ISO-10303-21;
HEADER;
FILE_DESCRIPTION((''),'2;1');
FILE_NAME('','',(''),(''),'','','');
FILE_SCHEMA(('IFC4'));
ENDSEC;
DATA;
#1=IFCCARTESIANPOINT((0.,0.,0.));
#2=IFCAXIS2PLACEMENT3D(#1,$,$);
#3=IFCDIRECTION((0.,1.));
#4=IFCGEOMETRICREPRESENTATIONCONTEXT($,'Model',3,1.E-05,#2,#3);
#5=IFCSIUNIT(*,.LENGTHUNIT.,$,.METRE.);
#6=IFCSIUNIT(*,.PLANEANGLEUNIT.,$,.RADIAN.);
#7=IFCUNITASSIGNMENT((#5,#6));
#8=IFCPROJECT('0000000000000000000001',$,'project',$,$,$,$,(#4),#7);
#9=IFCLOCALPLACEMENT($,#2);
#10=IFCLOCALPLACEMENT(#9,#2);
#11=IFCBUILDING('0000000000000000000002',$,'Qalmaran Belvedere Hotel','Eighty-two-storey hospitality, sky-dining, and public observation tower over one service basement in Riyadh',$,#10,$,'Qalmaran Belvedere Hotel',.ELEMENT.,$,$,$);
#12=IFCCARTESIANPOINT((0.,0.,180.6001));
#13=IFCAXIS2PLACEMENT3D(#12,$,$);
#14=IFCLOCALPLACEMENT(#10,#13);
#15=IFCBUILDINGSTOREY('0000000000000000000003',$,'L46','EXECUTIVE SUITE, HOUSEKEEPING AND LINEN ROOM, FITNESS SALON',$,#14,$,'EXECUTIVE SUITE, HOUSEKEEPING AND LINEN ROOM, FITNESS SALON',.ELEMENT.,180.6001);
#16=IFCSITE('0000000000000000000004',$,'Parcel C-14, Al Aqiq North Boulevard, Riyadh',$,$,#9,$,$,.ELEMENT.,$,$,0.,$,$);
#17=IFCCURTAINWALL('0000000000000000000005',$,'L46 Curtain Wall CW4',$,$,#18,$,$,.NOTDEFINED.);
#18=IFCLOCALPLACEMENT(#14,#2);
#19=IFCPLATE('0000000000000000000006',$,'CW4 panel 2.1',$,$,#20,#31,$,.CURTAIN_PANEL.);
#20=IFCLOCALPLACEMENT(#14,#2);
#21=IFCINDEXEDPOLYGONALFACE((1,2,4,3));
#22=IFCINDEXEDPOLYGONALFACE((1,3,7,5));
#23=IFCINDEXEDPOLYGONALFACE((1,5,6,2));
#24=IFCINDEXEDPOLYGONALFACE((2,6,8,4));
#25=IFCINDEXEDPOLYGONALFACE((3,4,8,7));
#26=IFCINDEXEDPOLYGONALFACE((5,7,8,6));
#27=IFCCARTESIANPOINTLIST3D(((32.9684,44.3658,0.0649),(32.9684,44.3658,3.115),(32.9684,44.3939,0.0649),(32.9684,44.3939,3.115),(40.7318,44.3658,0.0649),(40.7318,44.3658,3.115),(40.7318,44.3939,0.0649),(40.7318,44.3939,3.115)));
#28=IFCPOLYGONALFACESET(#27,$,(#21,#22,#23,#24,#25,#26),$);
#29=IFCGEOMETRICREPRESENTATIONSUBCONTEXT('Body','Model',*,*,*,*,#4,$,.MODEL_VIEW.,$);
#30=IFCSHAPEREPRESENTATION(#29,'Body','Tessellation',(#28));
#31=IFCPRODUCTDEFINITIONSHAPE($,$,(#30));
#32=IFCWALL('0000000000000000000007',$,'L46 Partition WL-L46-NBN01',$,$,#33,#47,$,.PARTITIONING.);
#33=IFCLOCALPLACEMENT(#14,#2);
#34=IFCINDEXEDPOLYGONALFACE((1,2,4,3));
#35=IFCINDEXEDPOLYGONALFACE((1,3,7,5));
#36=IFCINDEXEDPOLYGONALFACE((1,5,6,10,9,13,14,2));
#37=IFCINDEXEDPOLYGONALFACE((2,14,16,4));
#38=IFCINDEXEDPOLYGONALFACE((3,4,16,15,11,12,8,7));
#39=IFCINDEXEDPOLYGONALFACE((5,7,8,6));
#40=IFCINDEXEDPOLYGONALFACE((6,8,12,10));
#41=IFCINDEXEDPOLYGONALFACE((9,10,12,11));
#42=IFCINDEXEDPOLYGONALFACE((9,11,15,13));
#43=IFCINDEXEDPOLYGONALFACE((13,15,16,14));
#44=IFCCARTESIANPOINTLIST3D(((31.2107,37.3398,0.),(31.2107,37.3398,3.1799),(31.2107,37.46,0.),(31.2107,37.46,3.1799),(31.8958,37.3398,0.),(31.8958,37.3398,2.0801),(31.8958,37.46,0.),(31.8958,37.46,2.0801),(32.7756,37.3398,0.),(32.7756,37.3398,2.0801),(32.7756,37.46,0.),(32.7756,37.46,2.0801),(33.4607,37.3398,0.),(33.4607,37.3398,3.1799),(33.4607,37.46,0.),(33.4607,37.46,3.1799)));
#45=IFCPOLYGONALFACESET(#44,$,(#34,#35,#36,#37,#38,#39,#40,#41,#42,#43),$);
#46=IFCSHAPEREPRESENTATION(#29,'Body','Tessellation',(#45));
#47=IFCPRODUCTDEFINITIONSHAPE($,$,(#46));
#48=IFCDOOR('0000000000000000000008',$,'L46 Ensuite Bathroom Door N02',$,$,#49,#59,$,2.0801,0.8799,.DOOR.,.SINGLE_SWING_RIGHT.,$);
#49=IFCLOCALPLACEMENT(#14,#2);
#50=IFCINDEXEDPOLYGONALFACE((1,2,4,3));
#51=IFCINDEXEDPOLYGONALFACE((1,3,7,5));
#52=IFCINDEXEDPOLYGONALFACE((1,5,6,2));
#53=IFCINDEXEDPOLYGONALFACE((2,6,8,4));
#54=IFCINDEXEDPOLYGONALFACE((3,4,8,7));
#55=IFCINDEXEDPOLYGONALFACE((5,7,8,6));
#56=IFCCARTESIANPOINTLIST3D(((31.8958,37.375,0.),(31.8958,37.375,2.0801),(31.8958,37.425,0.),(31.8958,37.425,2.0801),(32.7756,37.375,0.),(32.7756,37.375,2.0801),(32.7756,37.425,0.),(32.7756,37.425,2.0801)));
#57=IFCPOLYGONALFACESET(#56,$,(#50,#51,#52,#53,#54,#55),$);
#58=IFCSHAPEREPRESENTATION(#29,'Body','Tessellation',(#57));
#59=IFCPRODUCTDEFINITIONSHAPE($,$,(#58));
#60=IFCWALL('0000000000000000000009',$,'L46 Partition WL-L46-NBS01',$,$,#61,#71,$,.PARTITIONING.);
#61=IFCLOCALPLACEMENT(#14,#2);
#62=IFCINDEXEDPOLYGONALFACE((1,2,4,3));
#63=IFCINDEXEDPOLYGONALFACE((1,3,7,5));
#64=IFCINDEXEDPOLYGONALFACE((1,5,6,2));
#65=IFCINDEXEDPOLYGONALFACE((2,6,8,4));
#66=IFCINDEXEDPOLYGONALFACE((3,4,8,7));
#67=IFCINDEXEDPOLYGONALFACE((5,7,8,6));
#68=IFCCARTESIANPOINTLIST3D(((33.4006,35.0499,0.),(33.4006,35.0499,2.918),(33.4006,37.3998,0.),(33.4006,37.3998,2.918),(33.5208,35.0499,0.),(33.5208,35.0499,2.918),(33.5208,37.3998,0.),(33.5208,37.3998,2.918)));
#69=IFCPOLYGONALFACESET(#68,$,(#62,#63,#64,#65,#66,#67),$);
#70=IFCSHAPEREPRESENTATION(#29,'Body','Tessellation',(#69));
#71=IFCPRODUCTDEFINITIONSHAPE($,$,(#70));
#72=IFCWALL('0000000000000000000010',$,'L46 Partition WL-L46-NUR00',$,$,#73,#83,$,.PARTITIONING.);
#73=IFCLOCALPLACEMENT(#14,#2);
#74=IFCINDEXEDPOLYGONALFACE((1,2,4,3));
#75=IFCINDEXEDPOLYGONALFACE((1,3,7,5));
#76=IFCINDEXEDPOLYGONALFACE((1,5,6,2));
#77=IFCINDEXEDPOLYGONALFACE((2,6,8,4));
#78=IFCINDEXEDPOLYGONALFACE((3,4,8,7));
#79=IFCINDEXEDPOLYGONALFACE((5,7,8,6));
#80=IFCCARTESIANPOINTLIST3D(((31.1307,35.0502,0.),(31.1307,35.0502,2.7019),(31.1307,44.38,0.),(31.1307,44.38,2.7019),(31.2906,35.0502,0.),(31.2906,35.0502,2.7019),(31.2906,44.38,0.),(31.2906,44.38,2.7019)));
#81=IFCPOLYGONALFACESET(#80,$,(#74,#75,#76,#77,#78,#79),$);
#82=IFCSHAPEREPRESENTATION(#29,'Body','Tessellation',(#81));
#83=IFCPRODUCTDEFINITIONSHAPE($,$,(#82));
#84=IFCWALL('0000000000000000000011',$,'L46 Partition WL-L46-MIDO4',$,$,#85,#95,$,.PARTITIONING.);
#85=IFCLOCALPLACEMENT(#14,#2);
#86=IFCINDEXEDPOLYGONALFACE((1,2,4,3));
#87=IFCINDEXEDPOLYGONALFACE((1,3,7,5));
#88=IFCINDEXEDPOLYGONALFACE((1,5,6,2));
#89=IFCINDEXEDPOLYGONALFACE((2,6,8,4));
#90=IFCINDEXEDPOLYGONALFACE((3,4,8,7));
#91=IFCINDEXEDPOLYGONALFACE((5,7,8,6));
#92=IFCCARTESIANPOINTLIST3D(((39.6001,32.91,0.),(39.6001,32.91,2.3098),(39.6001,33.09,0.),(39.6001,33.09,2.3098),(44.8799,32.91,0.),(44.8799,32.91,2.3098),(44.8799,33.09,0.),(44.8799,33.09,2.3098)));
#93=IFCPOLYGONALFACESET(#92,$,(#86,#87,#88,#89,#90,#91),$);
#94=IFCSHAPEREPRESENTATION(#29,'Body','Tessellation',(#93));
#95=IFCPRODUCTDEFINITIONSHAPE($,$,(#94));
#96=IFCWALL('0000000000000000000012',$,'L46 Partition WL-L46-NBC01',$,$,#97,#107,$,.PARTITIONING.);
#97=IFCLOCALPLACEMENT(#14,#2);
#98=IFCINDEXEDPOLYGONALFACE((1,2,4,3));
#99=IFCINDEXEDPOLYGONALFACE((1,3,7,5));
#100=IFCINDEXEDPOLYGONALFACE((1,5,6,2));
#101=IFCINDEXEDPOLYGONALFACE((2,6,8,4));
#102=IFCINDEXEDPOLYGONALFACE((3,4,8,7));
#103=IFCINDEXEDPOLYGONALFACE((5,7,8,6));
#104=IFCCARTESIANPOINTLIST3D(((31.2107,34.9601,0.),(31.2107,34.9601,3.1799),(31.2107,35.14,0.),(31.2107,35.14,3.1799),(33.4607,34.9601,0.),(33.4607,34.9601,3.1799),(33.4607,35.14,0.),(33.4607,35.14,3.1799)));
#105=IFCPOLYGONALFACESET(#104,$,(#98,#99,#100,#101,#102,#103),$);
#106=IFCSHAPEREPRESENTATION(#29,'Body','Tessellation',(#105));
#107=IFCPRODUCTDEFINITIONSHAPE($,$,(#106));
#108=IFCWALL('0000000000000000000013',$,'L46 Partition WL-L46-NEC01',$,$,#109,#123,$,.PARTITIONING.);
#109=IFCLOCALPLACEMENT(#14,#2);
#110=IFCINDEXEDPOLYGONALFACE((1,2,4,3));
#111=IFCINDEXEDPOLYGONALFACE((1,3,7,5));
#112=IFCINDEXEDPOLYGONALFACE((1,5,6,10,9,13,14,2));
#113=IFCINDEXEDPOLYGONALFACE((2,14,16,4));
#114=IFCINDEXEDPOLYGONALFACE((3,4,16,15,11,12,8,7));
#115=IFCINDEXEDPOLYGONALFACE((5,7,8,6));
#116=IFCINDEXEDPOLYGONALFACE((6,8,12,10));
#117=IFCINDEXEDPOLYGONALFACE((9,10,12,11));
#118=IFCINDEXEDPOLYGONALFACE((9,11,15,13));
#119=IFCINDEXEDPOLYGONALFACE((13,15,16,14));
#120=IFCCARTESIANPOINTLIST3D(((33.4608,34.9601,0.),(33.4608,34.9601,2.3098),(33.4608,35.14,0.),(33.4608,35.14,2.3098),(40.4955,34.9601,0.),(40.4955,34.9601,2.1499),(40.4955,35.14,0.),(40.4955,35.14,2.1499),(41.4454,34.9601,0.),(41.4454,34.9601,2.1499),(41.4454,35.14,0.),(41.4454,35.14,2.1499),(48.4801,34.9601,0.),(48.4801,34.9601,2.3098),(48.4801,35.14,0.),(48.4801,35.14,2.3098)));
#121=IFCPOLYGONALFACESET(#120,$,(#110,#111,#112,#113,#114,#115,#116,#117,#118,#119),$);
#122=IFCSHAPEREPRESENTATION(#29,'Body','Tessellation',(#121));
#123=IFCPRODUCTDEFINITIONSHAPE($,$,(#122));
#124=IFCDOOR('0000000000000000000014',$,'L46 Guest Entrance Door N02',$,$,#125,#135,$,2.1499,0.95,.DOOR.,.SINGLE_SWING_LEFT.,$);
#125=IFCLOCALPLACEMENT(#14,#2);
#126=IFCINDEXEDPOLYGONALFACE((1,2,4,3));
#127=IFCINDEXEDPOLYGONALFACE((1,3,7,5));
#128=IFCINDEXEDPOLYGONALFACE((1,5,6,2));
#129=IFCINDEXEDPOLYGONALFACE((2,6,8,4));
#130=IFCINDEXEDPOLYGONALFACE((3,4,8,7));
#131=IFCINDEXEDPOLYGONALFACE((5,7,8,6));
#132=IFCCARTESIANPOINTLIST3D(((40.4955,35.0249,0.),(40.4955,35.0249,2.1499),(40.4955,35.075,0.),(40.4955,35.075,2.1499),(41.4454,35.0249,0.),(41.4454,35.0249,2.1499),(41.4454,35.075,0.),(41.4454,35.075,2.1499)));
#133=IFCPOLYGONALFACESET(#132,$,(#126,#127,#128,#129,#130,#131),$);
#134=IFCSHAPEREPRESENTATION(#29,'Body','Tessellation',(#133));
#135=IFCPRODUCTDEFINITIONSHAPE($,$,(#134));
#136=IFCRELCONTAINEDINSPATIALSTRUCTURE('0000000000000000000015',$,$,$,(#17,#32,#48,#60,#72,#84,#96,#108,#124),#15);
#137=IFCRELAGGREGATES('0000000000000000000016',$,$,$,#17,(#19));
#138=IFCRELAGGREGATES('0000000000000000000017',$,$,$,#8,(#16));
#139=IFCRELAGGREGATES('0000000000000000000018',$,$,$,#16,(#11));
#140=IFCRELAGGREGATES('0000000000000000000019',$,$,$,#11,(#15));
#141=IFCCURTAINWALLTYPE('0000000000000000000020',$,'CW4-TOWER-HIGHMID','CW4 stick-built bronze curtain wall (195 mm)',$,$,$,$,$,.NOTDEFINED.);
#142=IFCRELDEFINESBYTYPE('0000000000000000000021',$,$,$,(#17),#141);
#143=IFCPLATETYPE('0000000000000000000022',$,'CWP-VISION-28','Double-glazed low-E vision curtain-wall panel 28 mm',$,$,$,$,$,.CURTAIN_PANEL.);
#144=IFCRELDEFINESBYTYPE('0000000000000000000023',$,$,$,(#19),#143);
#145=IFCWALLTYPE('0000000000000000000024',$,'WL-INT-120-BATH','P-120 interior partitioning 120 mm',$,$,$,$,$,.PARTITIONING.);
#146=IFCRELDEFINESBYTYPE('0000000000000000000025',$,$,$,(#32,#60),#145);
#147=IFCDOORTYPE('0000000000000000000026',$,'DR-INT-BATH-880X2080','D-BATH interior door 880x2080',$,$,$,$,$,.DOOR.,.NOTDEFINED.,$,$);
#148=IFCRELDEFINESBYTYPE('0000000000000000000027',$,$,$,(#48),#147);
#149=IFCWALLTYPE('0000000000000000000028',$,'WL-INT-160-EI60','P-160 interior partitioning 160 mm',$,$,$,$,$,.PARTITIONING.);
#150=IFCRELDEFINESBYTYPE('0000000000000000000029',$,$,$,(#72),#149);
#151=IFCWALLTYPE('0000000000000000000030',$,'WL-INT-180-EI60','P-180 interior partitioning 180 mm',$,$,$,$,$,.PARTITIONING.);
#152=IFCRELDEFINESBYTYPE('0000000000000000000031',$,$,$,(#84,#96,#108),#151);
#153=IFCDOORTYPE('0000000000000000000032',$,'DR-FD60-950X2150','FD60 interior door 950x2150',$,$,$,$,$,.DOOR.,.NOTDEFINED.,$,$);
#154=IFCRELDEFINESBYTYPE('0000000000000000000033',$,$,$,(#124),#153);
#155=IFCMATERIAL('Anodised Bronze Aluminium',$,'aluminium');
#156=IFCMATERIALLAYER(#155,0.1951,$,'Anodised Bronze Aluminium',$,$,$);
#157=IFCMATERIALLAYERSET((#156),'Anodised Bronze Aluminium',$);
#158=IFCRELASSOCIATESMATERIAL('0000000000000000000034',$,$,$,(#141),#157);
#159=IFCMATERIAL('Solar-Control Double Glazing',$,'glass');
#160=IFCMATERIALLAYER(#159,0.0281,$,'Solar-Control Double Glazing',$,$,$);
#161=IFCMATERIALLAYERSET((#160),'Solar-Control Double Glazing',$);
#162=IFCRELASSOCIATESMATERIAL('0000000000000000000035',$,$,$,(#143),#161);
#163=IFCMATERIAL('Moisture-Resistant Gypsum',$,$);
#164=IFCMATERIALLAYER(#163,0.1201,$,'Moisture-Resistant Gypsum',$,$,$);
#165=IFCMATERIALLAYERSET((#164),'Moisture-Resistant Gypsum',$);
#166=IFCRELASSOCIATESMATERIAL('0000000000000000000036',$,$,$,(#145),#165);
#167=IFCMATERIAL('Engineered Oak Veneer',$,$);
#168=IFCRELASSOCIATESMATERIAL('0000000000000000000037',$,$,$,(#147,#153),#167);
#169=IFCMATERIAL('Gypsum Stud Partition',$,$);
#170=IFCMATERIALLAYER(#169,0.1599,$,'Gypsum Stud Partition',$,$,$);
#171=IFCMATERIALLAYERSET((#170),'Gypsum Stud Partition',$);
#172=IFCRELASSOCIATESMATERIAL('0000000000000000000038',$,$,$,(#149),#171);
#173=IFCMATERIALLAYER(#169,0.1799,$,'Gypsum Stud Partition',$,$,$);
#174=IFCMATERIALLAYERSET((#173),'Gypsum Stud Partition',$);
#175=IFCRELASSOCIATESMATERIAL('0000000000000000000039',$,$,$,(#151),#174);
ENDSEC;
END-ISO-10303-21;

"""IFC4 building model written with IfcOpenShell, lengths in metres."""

from ifc_helpers import new_model, si_unit, direction, frame, frame_2d, origin, origin_2d, place, context, subcontext, project, spatial, rectangle, extrude, material, layer, layer_set, type_object, element, fill, aggregate, save


model = new_model("IFC4")

# Units and contexts
model_context = context("Model", 3, precision=1e-05, world=origin(), true_north=direction((0.0, 1.0)))
body_context = subcontext(model_context, "Body", "Model", "MODEL_VIEW")
ifc_project = project(units=[si_unit("LENGTHUNIT", "METRE"), si_unit("PLANEANGLEUNIT", "RADIAN")], contexts=[model_context])

# Site, building, storey
site_placement = place(None, origin())
site = spatial("IfcSite", under=ifc_project, at=site_placement, Name="Parcel C-14, Al Aqiq North Boulevard, Riyadh", CompositionType="ELEMENT", RefElevation=0.0)
building_placement = place(site_placement, origin())
building = spatial("IfcBuilding", under=site, at=building_placement, Name="Qalmaran Belvedere Hotel", Description="Eighty-two-storey hospitality, sky-dining, and public observation tower over one service basement in Riyadh", LongName="Qalmaran Belvedere Hotel", CompositionType="ELEMENT")
storey_placement = place(building_placement, frame((0.0, 0.0, 180.6001)))
storey = spatial("IfcBuildingStorey", under=building, at=storey_placement, Name="L46", Description="EXECUTIVE SUITE, HOUSEKEEPING AND LINEN ROOM, FITNESS SALON", LongName="EXECUTIVE SUITE, HOUSEKEEPING AND LINEN ROOM, FITNESS SALON", CompositionType="ELEMENT", Elevation=180.6001)

# Curtain wall, plate
ifc_material_1 = material(Name="Anodised Bronze Aluminium", Category="aluminium")
ifc_layer_1 = layer(ifc_material_1, 0.1951, Name="Anodised Bronze Aluminium")
ifc_layer_set_1 = layer_set([ifc_layer_1], Name="Anodised Bronze Aluminium")
curtain_wall_type = type_object("IfcCurtainWallType", Name="CW4-TOWER-HIGHMID", Description="CW4 stick-built bronze curtain wall (195 mm)", PredefinedType="NOTDEFINED", material=ifc_layer_set_1)
curtain_wall_placement = place(storey_placement, origin())
curtain_wall = element("IfcCurtainWall", 1, at=curtain_wall_placement, inside=storey, type_object=curtain_wall_type, Name="L46 Curtain Wall CW4", PredefinedType="NOTDEFINED")
ifc_material_2 = material(Name="Solar-Control Double Glazing", Category="glass")
ifc_layer_2 = layer(ifc_material_2, 0.0281, Name="Solar-Control Double Glazing")
ifc_layer_set_2 = layer_set([ifc_layer_2], Name="Solar-Control Double Glazing")
plate_type = type_object("IfcPlateType", Name="CWP-VISION-28", Description="Double-glazed low-E vision curtain-wall panel 28 mm", PredefinedType="CURTAIN_PANEL", material=ifc_layer_set_2)
plate_placement = place(storey_placement, frame((36.8501, 44.3799, 0.0649), z_axis=(0.0, 0.0, 1.0), x_axis=(-1.0, 0.0, 0.0)))
plate = element("IfcPlate", 2, at=plate_placement, type_object=plate_type, Name="CW4 panel 2.1", PredefinedType="CURTAIN_PANEL", context=body_context, shape_type="SweptSolid", body=[
    extrude(rectangle(XDim=7.7634, YDim=0.0281, at=origin_2d()), origin(), (0.0, 0.0, 1.0), 3.05),
])
aggregate(curtain_wall, [plate])

# Wall, opening, door
ifc_material_3 = material(Name="Moisture-Resistant Gypsum")
ifc_layer_3 = layer(ifc_material_3, 0.1201, Name="Moisture-Resistant Gypsum")
ifc_layer_set_3 = layer_set([ifc_layer_3], Name="Moisture-Resistant Gypsum")
wall_type_1 = type_object("IfcWallType", Name="WL-INT-120-BATH", Description="P-120 interior partitioning 120 mm", PredefinedType="PARTITIONING", material=ifc_layer_set_3)
wall_1_placement = place(storey_placement, frame((31.2107, 37.3999, 0.0), z_axis=(0.0, 0.0, 1.0), x_axis=(1.0, 0.0, 0.0)))
wall_1 = element("IfcWall", 3, at=wall_1_placement, inside=storey, type_object=wall_type_1, Name="L46 Partition WL-L46-NBN01", PredefinedType="PARTITIONING", context=body_context, shape_type="SweptSolid", body=[
    extrude(rectangle(XDim=2.25, YDim=0.1201, at=frame_2d((1.125, 0.0))), origin(), (0.0, 0.0, 1.0), 3.1799),
])
opening_1_placement = place(wall_1_placement, frame((1.5649, 0.0, 0.0), z_axis=(0.0, 0.0, 1.0), x_axis=(-1.0, 0.0, 0.0)))
opening_1 = element("IfcOpeningElement", 4, at=opening_1_placement, cuts=wall_1, PredefinedType="OPENING", context=body_context, shape_type="SweptSolid", body=[
    extrude(rectangle(XDim=0.8799, YDim=2.0801, at=frame_2d((0.4399, 1.04))), frame((0.0, 0.0701, 0.0), z_axis=(0.0, -1.0, 0.0), x_axis=(1.0, 0.0, 0.0)), (0.0, 0.0, 1.0), 0.1401),
])
ifc_material_4 = material(Name="Engineered Oak Veneer")
door_type_1 = type_object("IfcDoorType", Name="DR-INT-BATH-880X2080", Description="D-BATH interior door 880x2080", OperationType="NOTDEFINED", PredefinedType="DOOR", material=ifc_material_4)
door_1_placement = place(opening_1_placement, origin())
door_1 = element("IfcDoor", 5, at=door_1_placement, inside=storey, type_object=door_type_1, Name="L46 Ensuite Bathroom Door N02", OperationType="SINGLE_SWING_RIGHT", OverallHeight=2.0801, OverallWidth=0.8799, PredefinedType="DOOR", context=body_context, shape_type="SweptSolid", body=[
    extrude(rectangle(XDim=0.8799, YDim=2.0801, at=frame_2d((0.4399, 1.04))), frame((0.0, 0.0249, 0.0), z_axis=(0.0, -1.0, 0.0), x_axis=(1.0, 0.0, 0.0)), (0.0, 0.0, 1.0), 0.05),
])
fill(opening_1, door_1)

# Walls
wall_2_placement = place(storey_placement, frame((33.4607, 35.05, 0.0), z_axis=(0.0, 0.0, 1.0), x_axis=(0.0, 1.0, 0.0)))
element("IfcWall", 6, at=wall_2_placement, inside=storey, type_object=wall_type_1, Name="L46 Partition WL-L46-NBS01", PredefinedType="PARTITIONING", context=body_context, shape_type="SweptSolid", body=[
    extrude(rectangle(XDim=2.3499, YDim=0.1201, at=frame_2d((1.1748, 0.0))), origin(), (0.0, 0.0, 1.0), 2.918),
])
ifc_material_5 = material(Name="Gypsum Stud Partition")
ifc_layer_4 = layer(ifc_material_5, 0.1599, Name="Gypsum Stud Partition")
ifc_layer_set_4 = layer_set([ifc_layer_4], Name="Gypsum Stud Partition")
wall_type_2 = type_object("IfcWallType", Name="WL-INT-160-EI60", Description="P-160 interior partitioning 160 mm", PredefinedType="PARTITIONING", material=ifc_layer_set_4)
wall_3_placement = place(storey_placement, frame((31.2107, 35.05, 0.0), z_axis=(0.0, 0.0, 1.0), x_axis=(0.0, 1.0, 0.0)))
element("IfcWall", 7, at=wall_3_placement, inside=storey, type_object=wall_type_2, Name="L46 Partition WL-L46-NUR00", PredefinedType="PARTITIONING", context=body_context, shape_type="SweptSolid", body=[
    extrude(rectangle(XDim=9.3298, YDim=0.1599, at=frame_2d((4.665, 0.0))), origin(), (0.0, 0.0, 1.0), 2.7019),
])
ifc_layer_5 = layer(ifc_material_5, 0.1799, Name="Gypsum Stud Partition")
ifc_layer_set_5 = layer_set([ifc_layer_5], Name="Gypsum Stud Partition")
wall_type_3 = type_object("IfcWallType", Name="WL-INT-180-EI60", Description="P-180 interior partitioning 180 mm", PredefinedType="PARTITIONING", material=ifc_layer_set_5)
wall_4_placement = place(storey_placement, frame((39.6001, 33.0, 0.0), z_axis=(0.0, 0.0, 1.0), x_axis=(1.0, 0.0, 0.0)))
element("IfcWall", 8, at=wall_4_placement, inside=storey, type_object=wall_type_3, Name="L46 Partition WL-L46-MIDO4", PredefinedType="PARTITIONING", context=body_context, shape_type="SweptSolid", body=[
    extrude(rectangle(XDim=5.2798, YDim=0.1799, at=frame_2d((2.6399, 0.0))), origin(), (0.0, 0.0, 1.0), 2.3098),
])
wall_5_placement = place(storey_placement, frame((31.2107, 35.05, 0.0), z_axis=(0.0, 0.0, 1.0), x_axis=(1.0, 0.0, 0.0)))
element("IfcWall", 9, at=wall_5_placement, inside=storey, type_object=wall_type_3, Name="L46 Partition WL-L46-NBC01", PredefinedType="PARTITIONING", context=body_context, shape_type="SweptSolid", body=[
    extrude(rectangle(XDim=2.25, YDim=0.1799, at=frame_2d((1.125, 0.0))), origin(), (0.0, 0.0, 1.0), 3.1799),
])

# Wall, opening, door
wall_6_placement = place(storey_placement, frame((33.4607, 35.05, 0.0), z_axis=(0.0, 0.0, 1.0), x_axis=(1.0, 0.0, 0.0)))
wall_6 = element("IfcWall", 10, at=wall_6_placement, inside=storey, type_object=wall_type_3, Name="L46 Partition WL-L46-NEC01", PredefinedType="PARTITIONING", context=body_context, shape_type="SweptSolid", body=[
    extrude(rectangle(XDim=15.0193, YDim=0.1799, at=frame_2d((7.5098, 0.0))), origin(), (0.0, 0.0, 1.0), 2.3098),
])
opening_2_placement = place(wall_6_placement, frame((7.0347, 0.0, 0.0)))
opening_2 = element("IfcOpeningElement", 11, at=opening_2_placement, cuts=wall_6, PredefinedType="OPENING", context=body_context, shape_type="SweptSolid", body=[
    extrude(rectangle(XDim=0.95, YDim=2.1499, at=frame_2d((0.4751, 1.075))), frame((0.0, 0.1001, 0.0), z_axis=(0.0, -1.0, 0.0), x_axis=(1.0, 0.0, 0.0)), (0.0, 0.0, 1.0), 0.2),
])
door_type_2 = type_object("IfcDoorType", Name="DR-FD60-950X2150", Description="FD60 interior door 950x2150", OperationType="NOTDEFINED", PredefinedType="DOOR", material=ifc_material_4)
door_2_placement = place(opening_2_placement, origin())
door_2 = element("IfcDoor", 12, at=door_2_placement, inside=storey, type_object=door_type_2, Name="L46 Guest Entrance Door N02", OperationType="SINGLE_SWING_LEFT", OverallHeight=2.1499, OverallWidth=0.95, PredefinedType="DOOR", context=body_context, shape_type="SweptSolid", body=[
    extrude(rectangle(XDim=0.95, YDim=2.1499, at=frame_2d((0.4751, 1.075))), frame((0.0, 0.0249, 0.0), z_axis=(0.0, -1.0, 0.0), x_axis=(1.0, 0.0, 0.0)), (0.0, 0.0, 1.0), 0.05),
])
fill(opening_2, door_2)

save(model, "model.ifc")
